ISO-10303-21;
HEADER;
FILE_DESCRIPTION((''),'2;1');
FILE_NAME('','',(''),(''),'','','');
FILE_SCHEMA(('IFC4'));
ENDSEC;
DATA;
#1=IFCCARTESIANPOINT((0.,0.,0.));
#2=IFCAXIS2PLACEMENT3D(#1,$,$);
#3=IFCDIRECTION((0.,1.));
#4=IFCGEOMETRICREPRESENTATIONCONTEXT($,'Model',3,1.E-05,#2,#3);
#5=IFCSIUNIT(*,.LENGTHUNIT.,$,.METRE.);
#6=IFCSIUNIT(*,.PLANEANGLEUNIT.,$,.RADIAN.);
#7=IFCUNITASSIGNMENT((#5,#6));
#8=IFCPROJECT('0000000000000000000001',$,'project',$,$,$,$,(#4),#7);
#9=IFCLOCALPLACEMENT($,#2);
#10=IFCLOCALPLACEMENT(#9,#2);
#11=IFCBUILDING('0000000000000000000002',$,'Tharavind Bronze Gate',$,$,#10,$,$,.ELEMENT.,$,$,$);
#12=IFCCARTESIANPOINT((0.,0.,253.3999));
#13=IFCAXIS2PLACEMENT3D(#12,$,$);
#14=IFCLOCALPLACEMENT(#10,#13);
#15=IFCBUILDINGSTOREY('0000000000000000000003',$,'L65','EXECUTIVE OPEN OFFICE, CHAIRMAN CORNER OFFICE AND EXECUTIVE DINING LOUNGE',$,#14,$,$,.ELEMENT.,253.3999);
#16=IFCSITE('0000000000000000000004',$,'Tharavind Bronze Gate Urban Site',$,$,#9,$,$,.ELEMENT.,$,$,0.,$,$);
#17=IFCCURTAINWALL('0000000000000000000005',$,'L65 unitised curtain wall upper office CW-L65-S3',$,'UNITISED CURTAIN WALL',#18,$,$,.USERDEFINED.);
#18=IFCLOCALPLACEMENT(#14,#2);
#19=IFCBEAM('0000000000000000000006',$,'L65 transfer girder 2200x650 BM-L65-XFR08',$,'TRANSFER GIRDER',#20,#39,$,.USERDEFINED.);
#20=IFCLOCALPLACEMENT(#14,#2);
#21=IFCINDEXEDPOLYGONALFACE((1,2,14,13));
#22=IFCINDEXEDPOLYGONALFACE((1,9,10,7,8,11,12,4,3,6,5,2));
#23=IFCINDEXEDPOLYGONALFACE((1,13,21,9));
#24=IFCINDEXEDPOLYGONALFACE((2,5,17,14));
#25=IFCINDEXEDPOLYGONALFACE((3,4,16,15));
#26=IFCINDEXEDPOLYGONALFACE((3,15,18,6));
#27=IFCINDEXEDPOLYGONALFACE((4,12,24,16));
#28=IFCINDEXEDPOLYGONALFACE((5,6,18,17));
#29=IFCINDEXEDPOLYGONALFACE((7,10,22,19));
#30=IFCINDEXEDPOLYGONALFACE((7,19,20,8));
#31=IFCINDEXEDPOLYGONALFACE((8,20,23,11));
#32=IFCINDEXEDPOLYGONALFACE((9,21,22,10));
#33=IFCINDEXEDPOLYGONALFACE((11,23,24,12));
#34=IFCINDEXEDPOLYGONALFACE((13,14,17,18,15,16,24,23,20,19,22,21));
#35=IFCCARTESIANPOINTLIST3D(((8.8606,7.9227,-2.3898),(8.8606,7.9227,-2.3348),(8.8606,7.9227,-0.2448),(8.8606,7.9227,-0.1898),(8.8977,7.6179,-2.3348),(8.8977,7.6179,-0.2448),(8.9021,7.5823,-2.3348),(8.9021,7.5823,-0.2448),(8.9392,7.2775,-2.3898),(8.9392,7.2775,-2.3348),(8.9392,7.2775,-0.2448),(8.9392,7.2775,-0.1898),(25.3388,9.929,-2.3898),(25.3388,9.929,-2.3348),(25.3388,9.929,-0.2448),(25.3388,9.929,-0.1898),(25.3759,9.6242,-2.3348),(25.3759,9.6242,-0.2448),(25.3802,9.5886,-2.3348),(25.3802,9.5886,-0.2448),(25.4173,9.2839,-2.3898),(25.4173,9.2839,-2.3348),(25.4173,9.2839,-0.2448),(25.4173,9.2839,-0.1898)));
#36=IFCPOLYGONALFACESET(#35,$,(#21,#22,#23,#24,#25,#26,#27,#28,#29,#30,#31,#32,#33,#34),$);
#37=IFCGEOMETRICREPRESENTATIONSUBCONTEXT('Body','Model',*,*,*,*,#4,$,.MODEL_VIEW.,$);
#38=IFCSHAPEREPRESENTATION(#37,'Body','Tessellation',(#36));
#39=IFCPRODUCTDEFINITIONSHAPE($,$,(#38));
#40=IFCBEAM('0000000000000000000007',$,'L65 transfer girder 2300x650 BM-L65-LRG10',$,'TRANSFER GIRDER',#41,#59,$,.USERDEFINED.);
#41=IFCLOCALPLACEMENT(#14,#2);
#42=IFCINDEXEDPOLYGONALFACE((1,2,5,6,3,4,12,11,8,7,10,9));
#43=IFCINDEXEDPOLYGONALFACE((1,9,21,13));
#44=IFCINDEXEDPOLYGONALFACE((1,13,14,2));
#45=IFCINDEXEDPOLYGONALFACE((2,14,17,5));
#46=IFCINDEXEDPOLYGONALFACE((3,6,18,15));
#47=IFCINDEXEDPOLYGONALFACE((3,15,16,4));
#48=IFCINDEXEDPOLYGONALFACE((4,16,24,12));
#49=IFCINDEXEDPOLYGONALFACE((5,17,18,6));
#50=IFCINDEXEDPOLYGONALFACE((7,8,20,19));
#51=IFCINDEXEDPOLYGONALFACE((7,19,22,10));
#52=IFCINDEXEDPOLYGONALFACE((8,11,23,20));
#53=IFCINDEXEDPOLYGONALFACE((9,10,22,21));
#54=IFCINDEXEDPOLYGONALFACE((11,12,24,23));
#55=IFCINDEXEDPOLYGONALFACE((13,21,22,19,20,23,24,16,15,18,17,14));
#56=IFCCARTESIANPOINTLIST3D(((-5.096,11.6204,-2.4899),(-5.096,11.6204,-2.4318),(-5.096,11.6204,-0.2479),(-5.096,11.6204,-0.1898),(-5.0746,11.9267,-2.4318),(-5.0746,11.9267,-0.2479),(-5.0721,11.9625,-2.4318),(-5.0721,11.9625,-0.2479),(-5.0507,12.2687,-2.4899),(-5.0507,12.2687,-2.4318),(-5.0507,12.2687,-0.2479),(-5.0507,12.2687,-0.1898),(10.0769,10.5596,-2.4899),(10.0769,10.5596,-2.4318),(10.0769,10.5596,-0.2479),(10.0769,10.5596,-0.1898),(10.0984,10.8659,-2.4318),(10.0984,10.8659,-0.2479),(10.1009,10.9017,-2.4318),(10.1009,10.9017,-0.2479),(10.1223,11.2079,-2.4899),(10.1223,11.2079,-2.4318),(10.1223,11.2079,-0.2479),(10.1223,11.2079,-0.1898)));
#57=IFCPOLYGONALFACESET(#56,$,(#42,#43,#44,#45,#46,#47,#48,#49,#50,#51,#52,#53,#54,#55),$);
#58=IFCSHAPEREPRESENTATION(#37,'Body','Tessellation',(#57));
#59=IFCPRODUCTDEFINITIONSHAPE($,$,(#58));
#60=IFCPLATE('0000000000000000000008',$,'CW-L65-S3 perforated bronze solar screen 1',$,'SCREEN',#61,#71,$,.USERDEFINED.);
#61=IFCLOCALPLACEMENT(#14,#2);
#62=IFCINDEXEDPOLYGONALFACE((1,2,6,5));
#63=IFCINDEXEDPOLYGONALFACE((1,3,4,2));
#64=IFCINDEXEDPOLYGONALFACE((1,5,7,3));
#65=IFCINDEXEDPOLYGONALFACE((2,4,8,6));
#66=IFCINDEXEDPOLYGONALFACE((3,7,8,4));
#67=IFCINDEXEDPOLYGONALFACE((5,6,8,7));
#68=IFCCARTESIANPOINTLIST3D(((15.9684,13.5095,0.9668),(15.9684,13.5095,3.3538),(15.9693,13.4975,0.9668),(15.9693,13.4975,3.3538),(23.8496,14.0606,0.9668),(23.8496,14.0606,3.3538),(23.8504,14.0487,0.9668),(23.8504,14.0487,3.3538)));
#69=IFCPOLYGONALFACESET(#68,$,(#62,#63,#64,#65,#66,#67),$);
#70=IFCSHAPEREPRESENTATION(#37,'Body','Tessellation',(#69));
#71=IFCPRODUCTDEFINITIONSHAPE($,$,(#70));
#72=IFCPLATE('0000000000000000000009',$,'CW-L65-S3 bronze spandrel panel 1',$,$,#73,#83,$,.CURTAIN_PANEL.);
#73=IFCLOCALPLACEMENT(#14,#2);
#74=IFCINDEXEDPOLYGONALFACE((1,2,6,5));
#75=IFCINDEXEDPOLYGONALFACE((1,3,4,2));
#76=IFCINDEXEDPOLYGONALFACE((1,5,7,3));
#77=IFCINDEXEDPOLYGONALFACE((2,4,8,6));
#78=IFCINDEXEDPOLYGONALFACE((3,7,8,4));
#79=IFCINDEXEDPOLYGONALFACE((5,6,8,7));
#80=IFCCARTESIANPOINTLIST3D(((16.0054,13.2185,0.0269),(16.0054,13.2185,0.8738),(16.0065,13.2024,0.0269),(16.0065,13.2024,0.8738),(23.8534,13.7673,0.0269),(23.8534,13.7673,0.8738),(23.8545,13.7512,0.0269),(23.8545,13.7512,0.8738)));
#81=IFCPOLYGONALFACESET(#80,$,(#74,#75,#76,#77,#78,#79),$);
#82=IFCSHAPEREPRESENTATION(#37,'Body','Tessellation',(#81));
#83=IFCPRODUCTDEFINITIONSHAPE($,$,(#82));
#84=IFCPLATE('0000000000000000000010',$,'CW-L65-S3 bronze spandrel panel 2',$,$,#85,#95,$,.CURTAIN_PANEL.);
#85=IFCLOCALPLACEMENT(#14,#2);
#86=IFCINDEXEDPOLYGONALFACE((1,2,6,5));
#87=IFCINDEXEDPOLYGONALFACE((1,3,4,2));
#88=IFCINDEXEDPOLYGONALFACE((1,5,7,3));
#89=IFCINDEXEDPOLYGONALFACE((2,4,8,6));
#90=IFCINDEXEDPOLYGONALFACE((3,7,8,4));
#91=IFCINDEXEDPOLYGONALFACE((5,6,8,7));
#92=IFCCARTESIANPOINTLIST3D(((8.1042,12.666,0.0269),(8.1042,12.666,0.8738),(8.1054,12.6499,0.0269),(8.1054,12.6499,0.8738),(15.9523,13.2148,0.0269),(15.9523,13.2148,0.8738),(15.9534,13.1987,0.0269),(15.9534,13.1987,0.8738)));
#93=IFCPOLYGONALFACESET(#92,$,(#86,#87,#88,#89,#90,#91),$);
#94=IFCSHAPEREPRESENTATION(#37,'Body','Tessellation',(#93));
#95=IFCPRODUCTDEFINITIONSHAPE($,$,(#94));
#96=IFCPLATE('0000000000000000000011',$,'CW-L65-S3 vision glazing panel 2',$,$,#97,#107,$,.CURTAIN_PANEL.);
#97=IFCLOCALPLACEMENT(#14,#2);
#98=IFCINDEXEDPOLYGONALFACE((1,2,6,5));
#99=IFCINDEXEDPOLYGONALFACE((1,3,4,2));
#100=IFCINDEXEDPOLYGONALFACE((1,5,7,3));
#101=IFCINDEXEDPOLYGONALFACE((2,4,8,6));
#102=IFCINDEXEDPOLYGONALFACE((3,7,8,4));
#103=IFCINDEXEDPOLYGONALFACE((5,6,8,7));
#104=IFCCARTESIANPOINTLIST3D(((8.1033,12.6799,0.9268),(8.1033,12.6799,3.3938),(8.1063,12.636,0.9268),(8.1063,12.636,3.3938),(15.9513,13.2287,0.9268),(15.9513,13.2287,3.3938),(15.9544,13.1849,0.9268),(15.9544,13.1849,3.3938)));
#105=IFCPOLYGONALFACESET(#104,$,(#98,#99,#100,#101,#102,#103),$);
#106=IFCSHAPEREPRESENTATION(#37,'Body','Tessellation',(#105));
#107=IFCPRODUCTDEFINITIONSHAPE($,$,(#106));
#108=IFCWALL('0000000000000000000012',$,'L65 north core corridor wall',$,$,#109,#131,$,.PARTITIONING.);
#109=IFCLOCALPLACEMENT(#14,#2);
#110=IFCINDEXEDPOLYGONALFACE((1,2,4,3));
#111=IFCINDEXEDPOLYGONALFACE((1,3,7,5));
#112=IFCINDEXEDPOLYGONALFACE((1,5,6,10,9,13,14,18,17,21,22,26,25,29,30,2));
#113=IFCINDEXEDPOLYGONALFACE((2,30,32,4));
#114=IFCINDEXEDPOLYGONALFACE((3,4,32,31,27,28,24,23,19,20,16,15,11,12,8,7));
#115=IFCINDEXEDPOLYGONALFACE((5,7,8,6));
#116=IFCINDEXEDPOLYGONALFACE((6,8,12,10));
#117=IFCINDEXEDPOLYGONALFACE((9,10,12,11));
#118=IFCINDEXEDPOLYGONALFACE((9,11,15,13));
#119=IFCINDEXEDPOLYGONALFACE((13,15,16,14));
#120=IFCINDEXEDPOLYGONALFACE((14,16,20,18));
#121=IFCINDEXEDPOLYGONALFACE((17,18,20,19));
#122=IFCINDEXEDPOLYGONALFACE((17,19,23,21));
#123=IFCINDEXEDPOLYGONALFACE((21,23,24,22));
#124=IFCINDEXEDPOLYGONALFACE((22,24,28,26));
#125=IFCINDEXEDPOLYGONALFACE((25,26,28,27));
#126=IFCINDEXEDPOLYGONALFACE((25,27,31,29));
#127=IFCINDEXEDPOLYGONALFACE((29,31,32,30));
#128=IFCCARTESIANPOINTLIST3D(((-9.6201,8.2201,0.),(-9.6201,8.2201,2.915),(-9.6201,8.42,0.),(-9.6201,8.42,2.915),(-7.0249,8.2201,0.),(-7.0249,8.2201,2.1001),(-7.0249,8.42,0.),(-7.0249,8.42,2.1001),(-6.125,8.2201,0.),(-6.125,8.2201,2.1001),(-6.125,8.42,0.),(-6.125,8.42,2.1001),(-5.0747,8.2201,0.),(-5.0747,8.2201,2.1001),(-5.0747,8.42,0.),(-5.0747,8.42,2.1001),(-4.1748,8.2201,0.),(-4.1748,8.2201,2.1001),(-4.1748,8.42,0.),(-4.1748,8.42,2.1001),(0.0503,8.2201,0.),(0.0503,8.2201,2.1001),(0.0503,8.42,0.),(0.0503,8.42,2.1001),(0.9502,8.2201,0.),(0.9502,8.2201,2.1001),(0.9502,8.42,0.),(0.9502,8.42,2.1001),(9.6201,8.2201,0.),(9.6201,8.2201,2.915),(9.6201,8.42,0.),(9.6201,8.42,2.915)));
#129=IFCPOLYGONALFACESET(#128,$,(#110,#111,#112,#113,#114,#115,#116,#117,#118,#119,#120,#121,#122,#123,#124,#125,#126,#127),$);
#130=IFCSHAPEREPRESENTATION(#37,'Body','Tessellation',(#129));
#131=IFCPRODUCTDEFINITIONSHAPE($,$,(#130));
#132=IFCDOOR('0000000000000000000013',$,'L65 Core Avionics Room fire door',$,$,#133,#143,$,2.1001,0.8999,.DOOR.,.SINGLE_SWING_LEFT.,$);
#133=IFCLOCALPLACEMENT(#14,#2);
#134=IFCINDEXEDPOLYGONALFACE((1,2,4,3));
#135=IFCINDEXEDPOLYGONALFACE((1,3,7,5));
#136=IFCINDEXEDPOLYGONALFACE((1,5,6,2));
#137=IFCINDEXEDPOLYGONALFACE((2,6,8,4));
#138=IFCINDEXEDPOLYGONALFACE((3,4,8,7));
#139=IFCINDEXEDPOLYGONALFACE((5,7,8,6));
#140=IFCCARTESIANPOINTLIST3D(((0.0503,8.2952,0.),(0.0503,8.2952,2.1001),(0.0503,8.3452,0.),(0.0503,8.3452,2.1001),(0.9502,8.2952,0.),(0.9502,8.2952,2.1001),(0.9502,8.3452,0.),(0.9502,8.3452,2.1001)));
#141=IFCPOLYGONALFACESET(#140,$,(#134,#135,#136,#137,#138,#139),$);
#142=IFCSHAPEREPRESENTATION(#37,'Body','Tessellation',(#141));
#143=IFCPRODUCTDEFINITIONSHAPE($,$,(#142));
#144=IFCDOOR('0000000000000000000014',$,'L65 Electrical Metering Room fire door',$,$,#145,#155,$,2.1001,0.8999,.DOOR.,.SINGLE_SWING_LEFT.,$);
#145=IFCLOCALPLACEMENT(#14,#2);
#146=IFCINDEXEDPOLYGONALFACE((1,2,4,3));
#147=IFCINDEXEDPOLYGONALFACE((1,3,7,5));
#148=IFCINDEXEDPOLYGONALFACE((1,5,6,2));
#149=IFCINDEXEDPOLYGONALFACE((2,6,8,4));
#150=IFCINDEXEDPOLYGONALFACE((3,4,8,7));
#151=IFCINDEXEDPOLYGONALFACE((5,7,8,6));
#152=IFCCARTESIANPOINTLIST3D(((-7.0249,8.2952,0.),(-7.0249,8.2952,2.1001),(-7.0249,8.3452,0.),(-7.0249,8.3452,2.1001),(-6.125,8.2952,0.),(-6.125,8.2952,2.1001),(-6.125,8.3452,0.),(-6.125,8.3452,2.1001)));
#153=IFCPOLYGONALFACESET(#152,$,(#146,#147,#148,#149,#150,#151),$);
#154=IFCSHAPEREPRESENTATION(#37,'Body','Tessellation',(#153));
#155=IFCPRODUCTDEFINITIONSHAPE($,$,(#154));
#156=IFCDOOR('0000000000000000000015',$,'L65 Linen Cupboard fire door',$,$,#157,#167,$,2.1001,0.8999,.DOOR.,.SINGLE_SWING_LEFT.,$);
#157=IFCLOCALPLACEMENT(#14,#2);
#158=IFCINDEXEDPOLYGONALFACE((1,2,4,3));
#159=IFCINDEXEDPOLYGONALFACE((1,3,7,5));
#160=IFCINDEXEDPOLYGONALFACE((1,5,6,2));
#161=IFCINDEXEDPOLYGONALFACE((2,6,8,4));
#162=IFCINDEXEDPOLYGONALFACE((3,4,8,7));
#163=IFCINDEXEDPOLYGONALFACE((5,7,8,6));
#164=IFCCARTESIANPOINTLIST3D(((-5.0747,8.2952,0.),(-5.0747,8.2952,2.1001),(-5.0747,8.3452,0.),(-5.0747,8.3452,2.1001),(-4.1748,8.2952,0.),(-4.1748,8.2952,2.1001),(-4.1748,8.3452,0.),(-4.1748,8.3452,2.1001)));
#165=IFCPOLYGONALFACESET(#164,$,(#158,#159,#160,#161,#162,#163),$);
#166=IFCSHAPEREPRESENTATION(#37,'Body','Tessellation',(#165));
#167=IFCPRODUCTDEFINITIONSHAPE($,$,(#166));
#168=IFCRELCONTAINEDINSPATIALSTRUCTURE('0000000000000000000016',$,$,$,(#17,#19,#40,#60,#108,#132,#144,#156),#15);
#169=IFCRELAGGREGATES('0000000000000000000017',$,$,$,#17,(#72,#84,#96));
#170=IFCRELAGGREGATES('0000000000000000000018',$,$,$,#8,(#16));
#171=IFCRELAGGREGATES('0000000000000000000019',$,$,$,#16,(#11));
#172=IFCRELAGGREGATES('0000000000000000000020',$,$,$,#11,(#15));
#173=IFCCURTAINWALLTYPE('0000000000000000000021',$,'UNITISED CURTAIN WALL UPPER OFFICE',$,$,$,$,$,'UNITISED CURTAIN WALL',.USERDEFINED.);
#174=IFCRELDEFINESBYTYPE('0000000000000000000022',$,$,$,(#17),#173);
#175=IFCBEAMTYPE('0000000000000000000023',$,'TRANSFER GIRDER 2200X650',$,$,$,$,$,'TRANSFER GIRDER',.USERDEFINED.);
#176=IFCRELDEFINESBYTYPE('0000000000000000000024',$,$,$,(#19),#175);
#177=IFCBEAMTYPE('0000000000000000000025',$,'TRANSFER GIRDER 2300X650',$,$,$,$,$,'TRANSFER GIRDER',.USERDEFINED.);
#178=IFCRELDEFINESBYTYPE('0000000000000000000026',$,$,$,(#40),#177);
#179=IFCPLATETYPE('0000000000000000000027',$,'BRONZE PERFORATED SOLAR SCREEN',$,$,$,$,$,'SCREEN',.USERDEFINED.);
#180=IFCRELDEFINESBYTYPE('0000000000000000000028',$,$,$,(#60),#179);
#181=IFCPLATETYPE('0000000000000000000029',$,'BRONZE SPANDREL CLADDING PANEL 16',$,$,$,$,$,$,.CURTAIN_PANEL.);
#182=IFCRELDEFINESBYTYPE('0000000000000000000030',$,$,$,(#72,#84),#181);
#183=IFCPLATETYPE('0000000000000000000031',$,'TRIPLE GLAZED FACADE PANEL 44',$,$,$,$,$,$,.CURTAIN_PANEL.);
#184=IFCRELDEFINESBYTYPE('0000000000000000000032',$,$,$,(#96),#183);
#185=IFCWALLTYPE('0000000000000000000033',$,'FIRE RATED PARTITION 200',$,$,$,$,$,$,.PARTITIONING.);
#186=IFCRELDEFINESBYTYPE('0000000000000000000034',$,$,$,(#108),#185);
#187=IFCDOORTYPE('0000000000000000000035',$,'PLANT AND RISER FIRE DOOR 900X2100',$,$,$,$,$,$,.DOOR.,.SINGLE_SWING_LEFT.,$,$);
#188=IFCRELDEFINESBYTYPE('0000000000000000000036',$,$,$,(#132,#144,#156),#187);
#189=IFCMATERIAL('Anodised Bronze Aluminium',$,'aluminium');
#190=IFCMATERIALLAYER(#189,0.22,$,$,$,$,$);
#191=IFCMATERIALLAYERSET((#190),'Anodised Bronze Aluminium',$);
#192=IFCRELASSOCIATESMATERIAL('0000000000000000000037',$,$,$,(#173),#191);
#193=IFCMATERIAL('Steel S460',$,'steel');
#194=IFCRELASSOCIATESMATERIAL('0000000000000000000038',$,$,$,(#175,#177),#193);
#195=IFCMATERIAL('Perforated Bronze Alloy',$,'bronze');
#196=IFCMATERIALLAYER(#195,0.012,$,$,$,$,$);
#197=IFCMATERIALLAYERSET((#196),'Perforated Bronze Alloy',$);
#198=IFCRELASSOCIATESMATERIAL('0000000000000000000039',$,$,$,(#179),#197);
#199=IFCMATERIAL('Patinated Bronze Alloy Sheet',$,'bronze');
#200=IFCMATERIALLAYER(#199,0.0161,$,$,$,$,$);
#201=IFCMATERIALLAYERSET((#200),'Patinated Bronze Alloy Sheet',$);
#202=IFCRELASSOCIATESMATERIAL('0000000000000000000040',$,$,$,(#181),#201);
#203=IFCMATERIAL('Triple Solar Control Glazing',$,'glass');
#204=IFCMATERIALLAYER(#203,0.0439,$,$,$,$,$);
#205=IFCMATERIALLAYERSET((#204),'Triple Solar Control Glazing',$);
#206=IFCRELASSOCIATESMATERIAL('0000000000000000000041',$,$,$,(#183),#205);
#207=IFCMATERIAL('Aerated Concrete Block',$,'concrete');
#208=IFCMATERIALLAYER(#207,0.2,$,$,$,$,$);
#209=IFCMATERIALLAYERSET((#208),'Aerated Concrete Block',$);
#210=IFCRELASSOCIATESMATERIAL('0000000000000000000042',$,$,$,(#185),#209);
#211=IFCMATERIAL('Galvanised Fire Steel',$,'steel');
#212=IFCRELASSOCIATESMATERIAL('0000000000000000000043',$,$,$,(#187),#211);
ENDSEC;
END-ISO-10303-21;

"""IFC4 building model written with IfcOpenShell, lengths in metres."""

from ifc_helpers import new_model, si_unit, direction, frame, frame_2d, origin, origin_2d, place, context, subcontext, project, spatial, rectangle, i_section, extrude, material, layer, layer_set, material_profile, profile_set, type_object, element, fill, aggregate, save


model = new_model("IFC4")

# Units and contexts
model_context = context("Model", 3, precision=1e-05, world=origin(), true_north=direction((0.0, 1.0)))
body_context = subcontext(model_context, "Body", "Model", "MODEL_VIEW")
ifc_project = project(units=[si_unit("LENGTHUNIT", "METRE"), si_unit("PLANEANGLEUNIT", "RADIAN")], contexts=[model_context])

# Site, building, storey
site_placement = place(None, origin())
site = spatial("IfcSite", under=ifc_project, at=site_placement, Name="Tharavind Bronze Gate Urban Site", CompositionType="ELEMENT", RefElevation=0.0)
building_placement = place(site_placement, origin())
building = spatial("IfcBuilding", under=site, at=building_placement, Name="Tharavind Bronze Gate", CompositionType="ELEMENT")
storey_placement = place(building_placement, frame((0.0, 0.0, 253.3999)))
storey = spatial("IfcBuildingStorey", under=building, at=storey_placement, Name="L65", Description="EXECUTIVE OPEN OFFICE, CHAIRMAN CORNER OFFICE AND EXECUTIVE DINING LOUNGE", CompositionType="ELEMENT", Elevation=253.3999)

# Curtain wall
ifc_material_1 = material(Name="Anodised Bronze Aluminium", Category="aluminium")
ifc_layer_1 = layer(ifc_material_1, 0.22)
ifc_layer_set_1 = layer_set([ifc_layer_1], Name="Anodised Bronze Aluminium")
curtain_wall_type = type_object("IfcCurtainWallType", Name="UNITISED CURTAIN WALL UPPER OFFICE", ElementType="UNITISED CURTAIN WALL", PredefinedType="USERDEFINED", material=ifc_layer_set_1)
curtain_wall_placement = place(storey_placement, origin())
curtain_wall = element("IfcCurtainWall", 1, at=curtain_wall_placement, inside=storey, type_object=curtain_wall_type, Name="L65 unitised curtain wall upper office CW-L65-S3", ObjectType="UNITISED CURTAIN WALL", PredefinedType="USERDEFINED")

# Beams
ifc_material_2 = material(Name="Steel S460", Category="steel")
ifc_material_profile_1 = material_profile(ifc_material_2, i_section(OverallWidth=0.6499, OverallDepth=2.2, WebThickness=0.0359, FlangeThickness=0.0549, at=origin_2d()), Name="PG2200X650")
ifc_profile_set_1 = profile_set([ifc_material_profile_1], Name="Steel S460")
beam_type_1 = type_object("IfcBeamType", Name="TRANSFER GIRDER 2200X650", ElementType="TRANSFER GIRDER", PredefinedType="USERDEFINED", material=ifc_profile_set_1)
beam_1_placement = place(storey_placement, frame((8.8999, 7.6001, -1.2898), z_axis=(0.992669, 0.120865, 0.0), x_axis=(-0.120865, 0.992669, 0.0)))
element("IfcBeam", 2, at=beam_1_placement, inside=storey, type_object=beam_type_1, Name="L65 transfer girder 2200x650 BM-L65-XFR08", ObjectType="TRANSFER GIRDER", PredefinedType="USERDEFINED", context=body_context, shape_type="SweptSolid", body=[
    extrude(i_section(OverallWidth=0.6499, OverallDepth=2.2, WebThickness=0.0359, FlangeThickness=0.0549, at=origin_2d()), origin(), (0.0, 0.0, 1.0), 16.5999),
])
ifc_material_profile_2 = material_profile(ifc_material_2, i_section(OverallWidth=0.6499, OverallDepth=2.3, WebThickness=0.0359, FlangeThickness=0.0581, at=origin_2d()), Name="PG2300X650")
ifc_profile_set_2 = profile_set([ifc_material_profile_2], Name="Steel S460")
beam_type_2 = type_object("IfcBeamType", Name="TRANSFER GIRDER 2300X650", ElementType="TRANSFER GIRDER", PredefinedType="USERDEFINED", material=ifc_profile_set_2)
beam_2_placement = place(storey_placement, frame((10.0996, 10.8838, -1.3398), z_axis=(-0.997565, 0.069744, 0.0), x_axis=(-0.069744, -0.997565, 0.0)))
element("IfcBeam", 3, at=beam_2_placement, inside=storey, type_object=beam_type_2, Name="L65 transfer girder 2300x650 BM-L65-LRG10", ObjectType="TRANSFER GIRDER", PredefinedType="USERDEFINED", context=body_context, shape_type="SweptSolid", body=[
    extrude(i_section(OverallWidth=0.6499, OverallDepth=2.3, WebThickness=0.0359, FlangeThickness=0.0581, at=origin_2d()), origin(), (0.0, 0.0, 1.0), 15.21),
])

# Plates
ifc_material_3 = material(Name="Perforated Bronze Alloy", Category="bronze")
ifc_layer_2 = layer(ifc_material_3, 0.012)
ifc_layer_set_2 = layer_set([ifc_layer_2], Name="Perforated Bronze Alloy")
plate_type_1 = type_object("IfcPlateType", Name="BRONZE PERFORATED SOLAR SCREEN", ElementType="SCREEN", PredefinedType="USERDEFINED", material=ifc_layer_set_2)
plate_1_placement = place(storey_placement, frame((19.9094, 13.7791, 0.9668), z_axis=(0.0, 0.0, 1.0), x_axis=(-0.997564, -0.06976, 0.0)))
element("IfcPlate", 4, at=plate_1_placement, inside=storey, type_object=plate_type_1, Name="CW-L65-S3 perforated bronze solar screen 1", ObjectType="SCREEN", PredefinedType="USERDEFINED", context=body_context, shape_type="SweptSolid", body=[
    extrude(rectangle(XDim=7.9004, YDim=0.012, at=origin_2d()), origin(), (0.0, 0.0, 1.0), 2.387),
])
ifc_material_4 = material(Name="Patinated Bronze Alloy Sheet", Category="bronze")
ifc_layer_3 = layer(ifc_material_4, 0.0161)
ifc_layer_set_3 = layer_set([ifc_layer_3], Name="Patinated Bronze Alloy Sheet")
plate_type_2 = type_object("IfcPlateType", Name="BRONZE SPANDREL CLADDING PANEL 16", PredefinedType="CURTAIN_PANEL", material=ifc_layer_set_3)
plate_2_placement = place(storey_placement, frame((19.9299, 13.4849, 0.0269), z_axis=(0.0, 0.0, 1.0), x_axis=(-0.997564, -0.06976, 0.0)))
plate_2 = element("IfcPlate", 5, at=plate_2_placement, type_object=plate_type_2, Name="CW-L65-S3 bronze spandrel panel 1", PredefinedType="CURTAIN_PANEL", context=body_context, shape_type="SweptSolid", body=[
    extrude(rectangle(XDim=7.8672, YDim=0.0161, at=origin_2d()), origin(), (0.0, 0.0, 1.0), 0.8469),
])
plate_3_placement = place(storey_placement, frame((12.0288, 12.9324, 0.0269), z_axis=(0.0, 0.0, 1.0), x_axis=(-0.997564, -0.06976, 0.0)))
plate_3 = element("IfcPlate", 6, at=plate_3_placement, type_object=plate_type_2, Name="CW-L65-S3 bronze spandrel panel 2", PredefinedType="CURTAIN_PANEL", context=body_context, shape_type="SweptSolid", body=[
    extrude(rectangle(XDim=7.8672, YDim=0.0161, at=origin_2d()), origin(), (0.0, 0.0, 1.0), 0.8469),
])
ifc_material_5 = material(Name="Triple Solar Control Glazing", Category="glass")
ifc_layer_4 = layer(ifc_material_5, 0.0439)
ifc_layer_set_4 = layer_set([ifc_layer_4], Name="Triple Solar Control Glazing")
plate_type_3 = type_object("IfcPlateType", Name="TRIPLE GLAZED FACADE PANEL 44", PredefinedType="CURTAIN_PANEL", material=ifc_layer_set_4)
plate_4_placement = place(storey_placement, frame((12.0288, 12.9324, 0.9268), z_axis=(0.0, 0.0, 1.0), x_axis=(-0.997564, -0.06976, 0.0)))
plate_4 = element("IfcPlate", 7, at=plate_4_placement, type_object=plate_type_3, Name="CW-L65-S3 vision glazing panel 2", PredefinedType="CURTAIN_PANEL", context=body_context, shape_type="SweptSolid", body=[
    extrude(rectangle(XDim=7.8672, YDim=0.0439, at=origin_2d()), origin(), (0.0, 0.0, 1.0), 2.467),
])
aggregate(curtain_wall, [plate_2, plate_3, plate_4])

# Wall, openings, doors
ifc_material_6 = material(Name="Aerated Concrete Block", Category="concrete")
ifc_layer_5 = layer(ifc_material_6, 0.2)
ifc_layer_set_5 = layer_set([ifc_layer_5], Name="Aerated Concrete Block")
wall_type = type_object("IfcWallType", Name="FIRE RATED PARTITION 200", PredefinedType="PARTITIONING", material=ifc_layer_set_5)
wall_1_placement = place(storey_placement, frame((9.6201, 8.3201, 0.0), z_axis=(0.0, 0.0, 1.0), x_axis=(-1.0, 0.0, 0.0)))
wall_1 = element("IfcWall", 8, at=wall_1_placement, inside=storey, type_object=wall_type, Name="L65 north core corridor wall", PredefinedType="PARTITIONING", context=body_context, shape_type="SweptSolid", body=[
    extrude(rectangle(XDim=19.2402, YDim=0.2, at=frame_2d((9.6201, 0.0))), origin(), (0.0, 0.0, 1.0), 2.915),
])
opening_1_placement = place(wall_1_placement, frame((8.6699, 0.0, 0.0)))
opening_1 = element("IfcOpeningElement", 9, at=opening_1_placement, cuts=wall_1, PredefinedType="OPENING", context=body_context, shape_type="SweptSolid", body=[
    extrude(rectangle(XDim=0.8999, YDim=2.1001, at=frame_2d((0.45, 1.05))), frame((0.0, 0.1101, 0.0), z_axis=(0.0, -1.0, 0.0), x_axis=(1.0, 0.0, 0.0)), (0.0, 0.0, 1.0), 0.22),
])
opening_2_placement = place(wall_1_placement, frame((15.7451, 0.0, 0.0)))
opening_2 = element("IfcOpeningElement", 10, at=opening_2_placement, cuts=wall_1, PredefinedType="OPENING", context=body_context, shape_type="SweptSolid", body=[
    extrude(rectangle(XDim=0.8999, YDim=2.1001, at=frame_2d((0.45, 1.05))), frame((0.0, 0.1101, 0.0), z_axis=(0.0, -1.0, 0.0), x_axis=(1.0, 0.0, 0.0)), (0.0, 0.0, 1.0), 0.22),
])
opening_3_placement = place(wall_1_placement, frame((13.7949, 0.0, 0.0)))
opening_3 = element("IfcOpeningElement", 11, at=opening_3_placement, cuts=wall_1, PredefinedType="OPENING", context=body_context, shape_type="SweptSolid", body=[
    extrude(rectangle(XDim=0.8999, YDim=2.1001, at=frame_2d((0.45, 1.05))), frame((0.0, 0.1101, 0.0), z_axis=(0.0, -1.0, 0.0), x_axis=(1.0, 0.0, 0.0)), (0.0, 0.0, 1.0), 0.22),
])
ifc_material_7 = material(Name="Galvanised Fire Steel", Category="steel")
door_type = type_object("IfcDoorType", Name="PLANT AND RISER FIRE DOOR 900X2100", OperationType="SINGLE_SWING_LEFT", PredefinedType="DOOR", material=ifc_material_7)
door_1_placement = place(opening_1_placement, origin())
door_1 = element("IfcDoor", 12, at=door_1_placement, inside=storey, type_object=door_type, Name="L65 Core Avionics Room fire door", OperationType="SINGLE_SWING_LEFT", OverallHeight=2.1001, OverallWidth=0.8999, PredefinedType="DOOR", context=body_context, shape_type="SweptSolid", body=[
    extrude(rectangle(XDim=0.8999, YDim=2.1001, at=frame_2d((0.45, 1.05))), frame((0.0, 0.0249, 0.0), z_axis=(0.0, -1.0, 0.0), x_axis=(1.0, 0.0, 0.0)), (0.0, 0.0, 1.0), 0.05),
])
fill(opening_1, door_1)
door_2_placement = place(opening_2_placement, origin())
door_2 = element("IfcDoor", 13, at=door_2_placement, inside=storey, type_object=door_type, Name="L65 Electrical Metering Room fire door", OperationType="SINGLE_SWING_LEFT", OverallHeight=2.1001, OverallWidth=0.8999, PredefinedType="DOOR", context=body_context, shape_type="SweptSolid", body=[
    extrude(rectangle(XDim=0.8999, YDim=2.1001, at=frame_2d((0.45, 1.05))), frame((0.0, 0.0249, 0.0), z_axis=(0.0, -1.0, 0.0), x_axis=(1.0, 0.0, 0.0)), (0.0, 0.0, 1.0), 0.05),
])
fill(opening_2, door_2)
door_3_placement = place(opening_3_placement, origin())
door_3 = element("IfcDoor", 14, at=door_3_placement, inside=storey, type_object=door_type, Name="L65 Linen Cupboard fire door", OperationType="SINGLE_SWING_LEFT", OverallHeight=2.1001, OverallWidth=0.8999, PredefinedType="DOOR", context=body_context, shape_type="SweptSolid", body=[
    extrude(rectangle(XDim=0.8999, YDim=2.1001, at=frame_2d((0.45, 1.05))), frame((0.0, 0.0249, 0.0), z_axis=(0.0, -1.0, 0.0), x_axis=(1.0, 0.0, 0.0)), (0.0, 0.0, 1.0), 0.05),
])
fill(opening_3, door_3)

save(model, "model.ifc")
